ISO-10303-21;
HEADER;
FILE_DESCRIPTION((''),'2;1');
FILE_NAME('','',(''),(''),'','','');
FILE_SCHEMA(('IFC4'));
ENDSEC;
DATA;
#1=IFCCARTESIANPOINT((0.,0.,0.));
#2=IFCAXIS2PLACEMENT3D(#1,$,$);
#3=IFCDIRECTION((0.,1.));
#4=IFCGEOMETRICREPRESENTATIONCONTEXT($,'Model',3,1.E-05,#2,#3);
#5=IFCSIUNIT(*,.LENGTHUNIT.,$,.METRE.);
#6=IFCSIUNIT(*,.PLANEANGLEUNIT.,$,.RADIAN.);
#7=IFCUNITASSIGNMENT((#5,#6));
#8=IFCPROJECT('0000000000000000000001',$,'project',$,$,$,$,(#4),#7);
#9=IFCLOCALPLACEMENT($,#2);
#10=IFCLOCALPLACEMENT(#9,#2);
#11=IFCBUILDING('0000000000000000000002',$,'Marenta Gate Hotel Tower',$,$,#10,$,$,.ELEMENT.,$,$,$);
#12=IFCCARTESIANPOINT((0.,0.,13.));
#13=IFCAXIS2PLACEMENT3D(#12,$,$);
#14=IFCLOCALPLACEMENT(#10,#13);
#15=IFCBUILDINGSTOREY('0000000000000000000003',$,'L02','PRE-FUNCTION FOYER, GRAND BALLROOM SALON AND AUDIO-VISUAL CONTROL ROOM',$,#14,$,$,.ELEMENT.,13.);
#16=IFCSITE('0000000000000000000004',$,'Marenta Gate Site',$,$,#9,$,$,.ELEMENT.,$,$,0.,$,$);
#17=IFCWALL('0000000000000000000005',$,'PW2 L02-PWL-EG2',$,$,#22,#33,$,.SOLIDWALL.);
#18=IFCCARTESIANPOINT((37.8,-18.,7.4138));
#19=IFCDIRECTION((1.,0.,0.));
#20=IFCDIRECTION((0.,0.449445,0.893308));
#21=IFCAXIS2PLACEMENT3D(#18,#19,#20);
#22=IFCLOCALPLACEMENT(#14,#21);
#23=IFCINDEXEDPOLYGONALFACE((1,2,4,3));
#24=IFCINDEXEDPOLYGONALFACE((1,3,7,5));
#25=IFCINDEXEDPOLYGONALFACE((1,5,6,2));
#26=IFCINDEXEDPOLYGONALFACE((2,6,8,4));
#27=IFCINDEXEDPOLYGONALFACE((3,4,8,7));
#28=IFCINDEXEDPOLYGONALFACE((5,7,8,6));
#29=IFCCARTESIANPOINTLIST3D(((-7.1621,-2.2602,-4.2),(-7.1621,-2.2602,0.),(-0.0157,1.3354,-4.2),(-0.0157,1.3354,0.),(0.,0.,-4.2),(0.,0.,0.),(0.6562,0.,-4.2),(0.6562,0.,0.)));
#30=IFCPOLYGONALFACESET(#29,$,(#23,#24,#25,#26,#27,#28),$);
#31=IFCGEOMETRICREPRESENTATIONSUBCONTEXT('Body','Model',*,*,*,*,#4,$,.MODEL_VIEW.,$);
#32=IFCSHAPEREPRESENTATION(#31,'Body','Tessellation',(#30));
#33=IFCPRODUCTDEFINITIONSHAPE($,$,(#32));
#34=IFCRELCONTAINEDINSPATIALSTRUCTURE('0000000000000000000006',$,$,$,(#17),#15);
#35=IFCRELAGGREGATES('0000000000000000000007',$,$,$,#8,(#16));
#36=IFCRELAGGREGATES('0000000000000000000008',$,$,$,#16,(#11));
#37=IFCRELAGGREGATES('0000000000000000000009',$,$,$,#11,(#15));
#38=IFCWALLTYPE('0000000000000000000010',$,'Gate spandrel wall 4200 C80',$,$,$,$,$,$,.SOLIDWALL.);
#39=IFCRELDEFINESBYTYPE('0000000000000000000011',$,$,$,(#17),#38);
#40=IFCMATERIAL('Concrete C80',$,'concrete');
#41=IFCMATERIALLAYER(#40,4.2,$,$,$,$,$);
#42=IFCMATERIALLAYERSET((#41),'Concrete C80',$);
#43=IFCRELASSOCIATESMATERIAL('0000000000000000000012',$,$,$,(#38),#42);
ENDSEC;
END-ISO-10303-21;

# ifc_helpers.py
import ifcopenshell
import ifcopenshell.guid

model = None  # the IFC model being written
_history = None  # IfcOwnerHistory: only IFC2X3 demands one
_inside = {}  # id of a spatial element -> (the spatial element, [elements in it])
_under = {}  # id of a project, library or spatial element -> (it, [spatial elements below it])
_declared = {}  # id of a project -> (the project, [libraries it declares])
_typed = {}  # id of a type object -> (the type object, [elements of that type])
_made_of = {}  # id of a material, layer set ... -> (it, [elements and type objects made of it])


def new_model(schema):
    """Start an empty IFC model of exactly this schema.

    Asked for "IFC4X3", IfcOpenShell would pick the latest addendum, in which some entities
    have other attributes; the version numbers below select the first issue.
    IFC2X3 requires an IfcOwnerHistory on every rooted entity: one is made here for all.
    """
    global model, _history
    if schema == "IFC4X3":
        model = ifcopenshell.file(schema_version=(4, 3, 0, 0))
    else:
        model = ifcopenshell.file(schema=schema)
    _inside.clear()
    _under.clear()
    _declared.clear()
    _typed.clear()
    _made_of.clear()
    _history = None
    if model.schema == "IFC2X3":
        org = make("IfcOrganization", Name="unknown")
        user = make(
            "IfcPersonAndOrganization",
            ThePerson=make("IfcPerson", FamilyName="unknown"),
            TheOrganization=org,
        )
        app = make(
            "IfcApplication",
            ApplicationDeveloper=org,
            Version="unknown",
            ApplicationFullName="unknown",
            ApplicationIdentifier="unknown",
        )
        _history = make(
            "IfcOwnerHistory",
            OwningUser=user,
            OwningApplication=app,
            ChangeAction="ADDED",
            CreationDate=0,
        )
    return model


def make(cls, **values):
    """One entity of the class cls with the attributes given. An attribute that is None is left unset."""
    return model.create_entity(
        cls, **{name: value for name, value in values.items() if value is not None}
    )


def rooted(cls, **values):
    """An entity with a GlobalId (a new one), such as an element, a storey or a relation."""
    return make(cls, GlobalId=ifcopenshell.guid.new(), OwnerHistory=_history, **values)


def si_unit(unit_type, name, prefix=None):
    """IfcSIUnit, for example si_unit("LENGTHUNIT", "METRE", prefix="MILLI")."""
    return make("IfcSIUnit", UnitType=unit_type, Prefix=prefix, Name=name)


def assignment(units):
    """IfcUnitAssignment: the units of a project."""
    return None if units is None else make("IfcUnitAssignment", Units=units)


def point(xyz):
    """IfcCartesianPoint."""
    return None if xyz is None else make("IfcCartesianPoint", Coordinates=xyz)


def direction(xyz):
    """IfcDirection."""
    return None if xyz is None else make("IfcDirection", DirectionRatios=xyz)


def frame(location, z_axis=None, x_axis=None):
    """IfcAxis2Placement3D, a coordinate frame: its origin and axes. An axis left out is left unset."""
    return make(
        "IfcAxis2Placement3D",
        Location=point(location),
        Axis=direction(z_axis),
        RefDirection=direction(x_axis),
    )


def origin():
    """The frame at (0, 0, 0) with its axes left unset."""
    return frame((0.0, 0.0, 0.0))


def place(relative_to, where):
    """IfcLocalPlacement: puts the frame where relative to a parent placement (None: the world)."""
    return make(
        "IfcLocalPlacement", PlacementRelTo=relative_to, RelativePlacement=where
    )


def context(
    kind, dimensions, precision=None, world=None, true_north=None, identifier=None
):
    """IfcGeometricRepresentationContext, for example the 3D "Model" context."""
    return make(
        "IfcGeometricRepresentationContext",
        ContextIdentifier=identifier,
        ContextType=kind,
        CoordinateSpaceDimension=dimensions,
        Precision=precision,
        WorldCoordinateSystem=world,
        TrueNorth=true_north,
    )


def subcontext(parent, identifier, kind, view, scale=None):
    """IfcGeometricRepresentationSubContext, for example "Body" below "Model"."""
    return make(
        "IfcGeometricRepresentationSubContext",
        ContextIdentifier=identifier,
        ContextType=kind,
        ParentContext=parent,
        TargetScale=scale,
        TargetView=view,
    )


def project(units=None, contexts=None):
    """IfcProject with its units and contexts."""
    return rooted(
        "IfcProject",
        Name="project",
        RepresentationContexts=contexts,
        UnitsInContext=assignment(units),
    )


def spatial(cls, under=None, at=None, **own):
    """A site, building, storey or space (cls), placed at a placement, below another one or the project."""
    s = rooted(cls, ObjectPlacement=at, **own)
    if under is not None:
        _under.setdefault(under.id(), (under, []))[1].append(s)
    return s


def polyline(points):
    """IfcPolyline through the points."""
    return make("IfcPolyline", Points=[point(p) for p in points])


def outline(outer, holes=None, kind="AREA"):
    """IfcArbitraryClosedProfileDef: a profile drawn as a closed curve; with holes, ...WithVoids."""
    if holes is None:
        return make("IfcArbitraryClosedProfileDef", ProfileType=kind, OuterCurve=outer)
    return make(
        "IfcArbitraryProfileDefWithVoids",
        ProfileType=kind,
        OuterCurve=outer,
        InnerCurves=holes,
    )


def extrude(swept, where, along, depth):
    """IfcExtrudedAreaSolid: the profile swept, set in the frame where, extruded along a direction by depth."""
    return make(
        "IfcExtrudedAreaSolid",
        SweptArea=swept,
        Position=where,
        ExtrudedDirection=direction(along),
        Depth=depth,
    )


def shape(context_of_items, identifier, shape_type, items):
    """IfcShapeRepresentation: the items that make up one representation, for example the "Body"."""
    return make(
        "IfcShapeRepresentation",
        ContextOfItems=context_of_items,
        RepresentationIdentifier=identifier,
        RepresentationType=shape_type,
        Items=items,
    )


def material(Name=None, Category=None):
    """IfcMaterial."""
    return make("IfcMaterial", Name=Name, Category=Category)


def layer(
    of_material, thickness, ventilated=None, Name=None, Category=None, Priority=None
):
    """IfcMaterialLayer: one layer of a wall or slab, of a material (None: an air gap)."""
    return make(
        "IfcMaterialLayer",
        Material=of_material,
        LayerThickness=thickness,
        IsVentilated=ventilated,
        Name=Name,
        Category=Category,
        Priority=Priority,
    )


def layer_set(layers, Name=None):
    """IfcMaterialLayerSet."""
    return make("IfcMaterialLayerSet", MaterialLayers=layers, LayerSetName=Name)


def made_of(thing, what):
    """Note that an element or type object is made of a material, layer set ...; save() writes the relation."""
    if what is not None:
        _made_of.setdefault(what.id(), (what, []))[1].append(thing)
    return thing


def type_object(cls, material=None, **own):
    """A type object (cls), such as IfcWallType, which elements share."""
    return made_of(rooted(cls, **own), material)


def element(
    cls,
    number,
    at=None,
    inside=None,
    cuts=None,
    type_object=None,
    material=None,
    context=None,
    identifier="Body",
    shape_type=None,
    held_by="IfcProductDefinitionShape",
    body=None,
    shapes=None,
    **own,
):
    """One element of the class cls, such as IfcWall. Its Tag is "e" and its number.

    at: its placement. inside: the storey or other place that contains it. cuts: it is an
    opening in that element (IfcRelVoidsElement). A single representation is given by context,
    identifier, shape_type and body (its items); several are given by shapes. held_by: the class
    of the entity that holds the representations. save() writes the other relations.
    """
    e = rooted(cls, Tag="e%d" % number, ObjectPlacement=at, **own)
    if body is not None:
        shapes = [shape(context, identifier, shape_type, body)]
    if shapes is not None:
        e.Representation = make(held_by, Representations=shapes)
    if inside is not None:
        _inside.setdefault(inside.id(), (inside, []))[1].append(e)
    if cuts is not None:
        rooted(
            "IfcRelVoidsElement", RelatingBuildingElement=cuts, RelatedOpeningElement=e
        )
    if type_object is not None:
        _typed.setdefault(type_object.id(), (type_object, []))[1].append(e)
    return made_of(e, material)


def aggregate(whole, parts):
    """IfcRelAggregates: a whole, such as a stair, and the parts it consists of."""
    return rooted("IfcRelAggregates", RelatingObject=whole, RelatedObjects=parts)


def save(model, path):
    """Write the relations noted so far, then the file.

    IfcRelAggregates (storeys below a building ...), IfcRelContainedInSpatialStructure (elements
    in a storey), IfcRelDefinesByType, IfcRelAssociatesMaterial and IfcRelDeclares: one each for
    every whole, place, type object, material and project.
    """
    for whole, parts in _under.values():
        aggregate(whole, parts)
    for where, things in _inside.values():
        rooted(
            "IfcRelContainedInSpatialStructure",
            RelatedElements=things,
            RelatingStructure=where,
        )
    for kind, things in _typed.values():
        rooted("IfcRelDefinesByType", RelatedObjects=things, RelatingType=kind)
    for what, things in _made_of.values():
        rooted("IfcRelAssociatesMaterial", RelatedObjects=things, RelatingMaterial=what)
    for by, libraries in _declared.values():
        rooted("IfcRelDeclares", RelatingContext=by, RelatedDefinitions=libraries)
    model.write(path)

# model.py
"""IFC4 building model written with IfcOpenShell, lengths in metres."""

from ifc_helpers import new_model, si_unit, direction, frame, origin, place, context, subcontext, project, spatial, polyline, outline, extrude, material, layer, layer_set, type_object, element, save


model = new_model("IFC4")

# Units and contexts
model_context = context("Model", 3, precision=1e-05, world=origin(), true_north=direction((0.0, 1.0)))
body_context = subcontext(model_context, "Body", "Model", "MODEL_VIEW")
ifc_project = project(units=[si_unit("LENGTHUNIT", "METRE"), si_unit("PLANEANGLEUNIT", "RADIAN")], contexts=[model_context])

# Site, building, storey
site_placement = place(None, origin())
site = spatial("IfcSite", under=ifc_project, at=site_placement, Name="Marenta Gate Site", CompositionType="ELEMENT", RefElevation=0.0)
building_placement = place(site_placement, origin())
building = spatial("IfcBuilding", under=site, at=building_placement, Name="Marenta Gate Hotel Tower", CompositionType="ELEMENT")
storey_placement = place(building_placement, frame((0.0, 0.0, 13.0)))
storey = spatial("IfcBuildingStorey", under=building, at=storey_placement, Name="L02", Description="PRE-FUNCTION FOYER, GRAND BALLROOM SALON AND AUDIO-VISUAL CONTROL ROOM", CompositionType="ELEMENT", Elevation=13.0)

# Wall
ifc_material_1 = material(Name="Concrete C80", Category="concrete")
ifc_layer_1 = layer(ifc_material_1, 4.2)
ifc_layer_set_1 = layer_set([ifc_layer_1], Name="Concrete C80")
wall_type_1 = type_object("IfcWallType", Name="Gate spandrel wall 4200 C80", PredefinedType="SOLIDWALL", material=ifc_layer_set_1)
wall_1_placement = place(storey_placement, frame((37.8, -18.0, 7.4138), z_axis=(1.0, 0.0, 0.0), x_axis=(0.0, 0.449445, 0.893308)))
element("IfcWall", 1, at=wall_1_placement, inside=storey, type_object=wall_type_1, Name="PW2 L02-PWL-EG2", PredefinedType="SOLIDWALL", context=body_context, shape_type="SweptSolid", body=[
    extrude(outline(polyline([(0.0, 0.0), (0.6562, 0.0), (-0.0157, 1.3354), (-7.1621, -2.2602), (0.0, 0.0)])), origin(), (0.0, 0.0, -1.0), 4.2),
])

save(model, "model.ifc")
